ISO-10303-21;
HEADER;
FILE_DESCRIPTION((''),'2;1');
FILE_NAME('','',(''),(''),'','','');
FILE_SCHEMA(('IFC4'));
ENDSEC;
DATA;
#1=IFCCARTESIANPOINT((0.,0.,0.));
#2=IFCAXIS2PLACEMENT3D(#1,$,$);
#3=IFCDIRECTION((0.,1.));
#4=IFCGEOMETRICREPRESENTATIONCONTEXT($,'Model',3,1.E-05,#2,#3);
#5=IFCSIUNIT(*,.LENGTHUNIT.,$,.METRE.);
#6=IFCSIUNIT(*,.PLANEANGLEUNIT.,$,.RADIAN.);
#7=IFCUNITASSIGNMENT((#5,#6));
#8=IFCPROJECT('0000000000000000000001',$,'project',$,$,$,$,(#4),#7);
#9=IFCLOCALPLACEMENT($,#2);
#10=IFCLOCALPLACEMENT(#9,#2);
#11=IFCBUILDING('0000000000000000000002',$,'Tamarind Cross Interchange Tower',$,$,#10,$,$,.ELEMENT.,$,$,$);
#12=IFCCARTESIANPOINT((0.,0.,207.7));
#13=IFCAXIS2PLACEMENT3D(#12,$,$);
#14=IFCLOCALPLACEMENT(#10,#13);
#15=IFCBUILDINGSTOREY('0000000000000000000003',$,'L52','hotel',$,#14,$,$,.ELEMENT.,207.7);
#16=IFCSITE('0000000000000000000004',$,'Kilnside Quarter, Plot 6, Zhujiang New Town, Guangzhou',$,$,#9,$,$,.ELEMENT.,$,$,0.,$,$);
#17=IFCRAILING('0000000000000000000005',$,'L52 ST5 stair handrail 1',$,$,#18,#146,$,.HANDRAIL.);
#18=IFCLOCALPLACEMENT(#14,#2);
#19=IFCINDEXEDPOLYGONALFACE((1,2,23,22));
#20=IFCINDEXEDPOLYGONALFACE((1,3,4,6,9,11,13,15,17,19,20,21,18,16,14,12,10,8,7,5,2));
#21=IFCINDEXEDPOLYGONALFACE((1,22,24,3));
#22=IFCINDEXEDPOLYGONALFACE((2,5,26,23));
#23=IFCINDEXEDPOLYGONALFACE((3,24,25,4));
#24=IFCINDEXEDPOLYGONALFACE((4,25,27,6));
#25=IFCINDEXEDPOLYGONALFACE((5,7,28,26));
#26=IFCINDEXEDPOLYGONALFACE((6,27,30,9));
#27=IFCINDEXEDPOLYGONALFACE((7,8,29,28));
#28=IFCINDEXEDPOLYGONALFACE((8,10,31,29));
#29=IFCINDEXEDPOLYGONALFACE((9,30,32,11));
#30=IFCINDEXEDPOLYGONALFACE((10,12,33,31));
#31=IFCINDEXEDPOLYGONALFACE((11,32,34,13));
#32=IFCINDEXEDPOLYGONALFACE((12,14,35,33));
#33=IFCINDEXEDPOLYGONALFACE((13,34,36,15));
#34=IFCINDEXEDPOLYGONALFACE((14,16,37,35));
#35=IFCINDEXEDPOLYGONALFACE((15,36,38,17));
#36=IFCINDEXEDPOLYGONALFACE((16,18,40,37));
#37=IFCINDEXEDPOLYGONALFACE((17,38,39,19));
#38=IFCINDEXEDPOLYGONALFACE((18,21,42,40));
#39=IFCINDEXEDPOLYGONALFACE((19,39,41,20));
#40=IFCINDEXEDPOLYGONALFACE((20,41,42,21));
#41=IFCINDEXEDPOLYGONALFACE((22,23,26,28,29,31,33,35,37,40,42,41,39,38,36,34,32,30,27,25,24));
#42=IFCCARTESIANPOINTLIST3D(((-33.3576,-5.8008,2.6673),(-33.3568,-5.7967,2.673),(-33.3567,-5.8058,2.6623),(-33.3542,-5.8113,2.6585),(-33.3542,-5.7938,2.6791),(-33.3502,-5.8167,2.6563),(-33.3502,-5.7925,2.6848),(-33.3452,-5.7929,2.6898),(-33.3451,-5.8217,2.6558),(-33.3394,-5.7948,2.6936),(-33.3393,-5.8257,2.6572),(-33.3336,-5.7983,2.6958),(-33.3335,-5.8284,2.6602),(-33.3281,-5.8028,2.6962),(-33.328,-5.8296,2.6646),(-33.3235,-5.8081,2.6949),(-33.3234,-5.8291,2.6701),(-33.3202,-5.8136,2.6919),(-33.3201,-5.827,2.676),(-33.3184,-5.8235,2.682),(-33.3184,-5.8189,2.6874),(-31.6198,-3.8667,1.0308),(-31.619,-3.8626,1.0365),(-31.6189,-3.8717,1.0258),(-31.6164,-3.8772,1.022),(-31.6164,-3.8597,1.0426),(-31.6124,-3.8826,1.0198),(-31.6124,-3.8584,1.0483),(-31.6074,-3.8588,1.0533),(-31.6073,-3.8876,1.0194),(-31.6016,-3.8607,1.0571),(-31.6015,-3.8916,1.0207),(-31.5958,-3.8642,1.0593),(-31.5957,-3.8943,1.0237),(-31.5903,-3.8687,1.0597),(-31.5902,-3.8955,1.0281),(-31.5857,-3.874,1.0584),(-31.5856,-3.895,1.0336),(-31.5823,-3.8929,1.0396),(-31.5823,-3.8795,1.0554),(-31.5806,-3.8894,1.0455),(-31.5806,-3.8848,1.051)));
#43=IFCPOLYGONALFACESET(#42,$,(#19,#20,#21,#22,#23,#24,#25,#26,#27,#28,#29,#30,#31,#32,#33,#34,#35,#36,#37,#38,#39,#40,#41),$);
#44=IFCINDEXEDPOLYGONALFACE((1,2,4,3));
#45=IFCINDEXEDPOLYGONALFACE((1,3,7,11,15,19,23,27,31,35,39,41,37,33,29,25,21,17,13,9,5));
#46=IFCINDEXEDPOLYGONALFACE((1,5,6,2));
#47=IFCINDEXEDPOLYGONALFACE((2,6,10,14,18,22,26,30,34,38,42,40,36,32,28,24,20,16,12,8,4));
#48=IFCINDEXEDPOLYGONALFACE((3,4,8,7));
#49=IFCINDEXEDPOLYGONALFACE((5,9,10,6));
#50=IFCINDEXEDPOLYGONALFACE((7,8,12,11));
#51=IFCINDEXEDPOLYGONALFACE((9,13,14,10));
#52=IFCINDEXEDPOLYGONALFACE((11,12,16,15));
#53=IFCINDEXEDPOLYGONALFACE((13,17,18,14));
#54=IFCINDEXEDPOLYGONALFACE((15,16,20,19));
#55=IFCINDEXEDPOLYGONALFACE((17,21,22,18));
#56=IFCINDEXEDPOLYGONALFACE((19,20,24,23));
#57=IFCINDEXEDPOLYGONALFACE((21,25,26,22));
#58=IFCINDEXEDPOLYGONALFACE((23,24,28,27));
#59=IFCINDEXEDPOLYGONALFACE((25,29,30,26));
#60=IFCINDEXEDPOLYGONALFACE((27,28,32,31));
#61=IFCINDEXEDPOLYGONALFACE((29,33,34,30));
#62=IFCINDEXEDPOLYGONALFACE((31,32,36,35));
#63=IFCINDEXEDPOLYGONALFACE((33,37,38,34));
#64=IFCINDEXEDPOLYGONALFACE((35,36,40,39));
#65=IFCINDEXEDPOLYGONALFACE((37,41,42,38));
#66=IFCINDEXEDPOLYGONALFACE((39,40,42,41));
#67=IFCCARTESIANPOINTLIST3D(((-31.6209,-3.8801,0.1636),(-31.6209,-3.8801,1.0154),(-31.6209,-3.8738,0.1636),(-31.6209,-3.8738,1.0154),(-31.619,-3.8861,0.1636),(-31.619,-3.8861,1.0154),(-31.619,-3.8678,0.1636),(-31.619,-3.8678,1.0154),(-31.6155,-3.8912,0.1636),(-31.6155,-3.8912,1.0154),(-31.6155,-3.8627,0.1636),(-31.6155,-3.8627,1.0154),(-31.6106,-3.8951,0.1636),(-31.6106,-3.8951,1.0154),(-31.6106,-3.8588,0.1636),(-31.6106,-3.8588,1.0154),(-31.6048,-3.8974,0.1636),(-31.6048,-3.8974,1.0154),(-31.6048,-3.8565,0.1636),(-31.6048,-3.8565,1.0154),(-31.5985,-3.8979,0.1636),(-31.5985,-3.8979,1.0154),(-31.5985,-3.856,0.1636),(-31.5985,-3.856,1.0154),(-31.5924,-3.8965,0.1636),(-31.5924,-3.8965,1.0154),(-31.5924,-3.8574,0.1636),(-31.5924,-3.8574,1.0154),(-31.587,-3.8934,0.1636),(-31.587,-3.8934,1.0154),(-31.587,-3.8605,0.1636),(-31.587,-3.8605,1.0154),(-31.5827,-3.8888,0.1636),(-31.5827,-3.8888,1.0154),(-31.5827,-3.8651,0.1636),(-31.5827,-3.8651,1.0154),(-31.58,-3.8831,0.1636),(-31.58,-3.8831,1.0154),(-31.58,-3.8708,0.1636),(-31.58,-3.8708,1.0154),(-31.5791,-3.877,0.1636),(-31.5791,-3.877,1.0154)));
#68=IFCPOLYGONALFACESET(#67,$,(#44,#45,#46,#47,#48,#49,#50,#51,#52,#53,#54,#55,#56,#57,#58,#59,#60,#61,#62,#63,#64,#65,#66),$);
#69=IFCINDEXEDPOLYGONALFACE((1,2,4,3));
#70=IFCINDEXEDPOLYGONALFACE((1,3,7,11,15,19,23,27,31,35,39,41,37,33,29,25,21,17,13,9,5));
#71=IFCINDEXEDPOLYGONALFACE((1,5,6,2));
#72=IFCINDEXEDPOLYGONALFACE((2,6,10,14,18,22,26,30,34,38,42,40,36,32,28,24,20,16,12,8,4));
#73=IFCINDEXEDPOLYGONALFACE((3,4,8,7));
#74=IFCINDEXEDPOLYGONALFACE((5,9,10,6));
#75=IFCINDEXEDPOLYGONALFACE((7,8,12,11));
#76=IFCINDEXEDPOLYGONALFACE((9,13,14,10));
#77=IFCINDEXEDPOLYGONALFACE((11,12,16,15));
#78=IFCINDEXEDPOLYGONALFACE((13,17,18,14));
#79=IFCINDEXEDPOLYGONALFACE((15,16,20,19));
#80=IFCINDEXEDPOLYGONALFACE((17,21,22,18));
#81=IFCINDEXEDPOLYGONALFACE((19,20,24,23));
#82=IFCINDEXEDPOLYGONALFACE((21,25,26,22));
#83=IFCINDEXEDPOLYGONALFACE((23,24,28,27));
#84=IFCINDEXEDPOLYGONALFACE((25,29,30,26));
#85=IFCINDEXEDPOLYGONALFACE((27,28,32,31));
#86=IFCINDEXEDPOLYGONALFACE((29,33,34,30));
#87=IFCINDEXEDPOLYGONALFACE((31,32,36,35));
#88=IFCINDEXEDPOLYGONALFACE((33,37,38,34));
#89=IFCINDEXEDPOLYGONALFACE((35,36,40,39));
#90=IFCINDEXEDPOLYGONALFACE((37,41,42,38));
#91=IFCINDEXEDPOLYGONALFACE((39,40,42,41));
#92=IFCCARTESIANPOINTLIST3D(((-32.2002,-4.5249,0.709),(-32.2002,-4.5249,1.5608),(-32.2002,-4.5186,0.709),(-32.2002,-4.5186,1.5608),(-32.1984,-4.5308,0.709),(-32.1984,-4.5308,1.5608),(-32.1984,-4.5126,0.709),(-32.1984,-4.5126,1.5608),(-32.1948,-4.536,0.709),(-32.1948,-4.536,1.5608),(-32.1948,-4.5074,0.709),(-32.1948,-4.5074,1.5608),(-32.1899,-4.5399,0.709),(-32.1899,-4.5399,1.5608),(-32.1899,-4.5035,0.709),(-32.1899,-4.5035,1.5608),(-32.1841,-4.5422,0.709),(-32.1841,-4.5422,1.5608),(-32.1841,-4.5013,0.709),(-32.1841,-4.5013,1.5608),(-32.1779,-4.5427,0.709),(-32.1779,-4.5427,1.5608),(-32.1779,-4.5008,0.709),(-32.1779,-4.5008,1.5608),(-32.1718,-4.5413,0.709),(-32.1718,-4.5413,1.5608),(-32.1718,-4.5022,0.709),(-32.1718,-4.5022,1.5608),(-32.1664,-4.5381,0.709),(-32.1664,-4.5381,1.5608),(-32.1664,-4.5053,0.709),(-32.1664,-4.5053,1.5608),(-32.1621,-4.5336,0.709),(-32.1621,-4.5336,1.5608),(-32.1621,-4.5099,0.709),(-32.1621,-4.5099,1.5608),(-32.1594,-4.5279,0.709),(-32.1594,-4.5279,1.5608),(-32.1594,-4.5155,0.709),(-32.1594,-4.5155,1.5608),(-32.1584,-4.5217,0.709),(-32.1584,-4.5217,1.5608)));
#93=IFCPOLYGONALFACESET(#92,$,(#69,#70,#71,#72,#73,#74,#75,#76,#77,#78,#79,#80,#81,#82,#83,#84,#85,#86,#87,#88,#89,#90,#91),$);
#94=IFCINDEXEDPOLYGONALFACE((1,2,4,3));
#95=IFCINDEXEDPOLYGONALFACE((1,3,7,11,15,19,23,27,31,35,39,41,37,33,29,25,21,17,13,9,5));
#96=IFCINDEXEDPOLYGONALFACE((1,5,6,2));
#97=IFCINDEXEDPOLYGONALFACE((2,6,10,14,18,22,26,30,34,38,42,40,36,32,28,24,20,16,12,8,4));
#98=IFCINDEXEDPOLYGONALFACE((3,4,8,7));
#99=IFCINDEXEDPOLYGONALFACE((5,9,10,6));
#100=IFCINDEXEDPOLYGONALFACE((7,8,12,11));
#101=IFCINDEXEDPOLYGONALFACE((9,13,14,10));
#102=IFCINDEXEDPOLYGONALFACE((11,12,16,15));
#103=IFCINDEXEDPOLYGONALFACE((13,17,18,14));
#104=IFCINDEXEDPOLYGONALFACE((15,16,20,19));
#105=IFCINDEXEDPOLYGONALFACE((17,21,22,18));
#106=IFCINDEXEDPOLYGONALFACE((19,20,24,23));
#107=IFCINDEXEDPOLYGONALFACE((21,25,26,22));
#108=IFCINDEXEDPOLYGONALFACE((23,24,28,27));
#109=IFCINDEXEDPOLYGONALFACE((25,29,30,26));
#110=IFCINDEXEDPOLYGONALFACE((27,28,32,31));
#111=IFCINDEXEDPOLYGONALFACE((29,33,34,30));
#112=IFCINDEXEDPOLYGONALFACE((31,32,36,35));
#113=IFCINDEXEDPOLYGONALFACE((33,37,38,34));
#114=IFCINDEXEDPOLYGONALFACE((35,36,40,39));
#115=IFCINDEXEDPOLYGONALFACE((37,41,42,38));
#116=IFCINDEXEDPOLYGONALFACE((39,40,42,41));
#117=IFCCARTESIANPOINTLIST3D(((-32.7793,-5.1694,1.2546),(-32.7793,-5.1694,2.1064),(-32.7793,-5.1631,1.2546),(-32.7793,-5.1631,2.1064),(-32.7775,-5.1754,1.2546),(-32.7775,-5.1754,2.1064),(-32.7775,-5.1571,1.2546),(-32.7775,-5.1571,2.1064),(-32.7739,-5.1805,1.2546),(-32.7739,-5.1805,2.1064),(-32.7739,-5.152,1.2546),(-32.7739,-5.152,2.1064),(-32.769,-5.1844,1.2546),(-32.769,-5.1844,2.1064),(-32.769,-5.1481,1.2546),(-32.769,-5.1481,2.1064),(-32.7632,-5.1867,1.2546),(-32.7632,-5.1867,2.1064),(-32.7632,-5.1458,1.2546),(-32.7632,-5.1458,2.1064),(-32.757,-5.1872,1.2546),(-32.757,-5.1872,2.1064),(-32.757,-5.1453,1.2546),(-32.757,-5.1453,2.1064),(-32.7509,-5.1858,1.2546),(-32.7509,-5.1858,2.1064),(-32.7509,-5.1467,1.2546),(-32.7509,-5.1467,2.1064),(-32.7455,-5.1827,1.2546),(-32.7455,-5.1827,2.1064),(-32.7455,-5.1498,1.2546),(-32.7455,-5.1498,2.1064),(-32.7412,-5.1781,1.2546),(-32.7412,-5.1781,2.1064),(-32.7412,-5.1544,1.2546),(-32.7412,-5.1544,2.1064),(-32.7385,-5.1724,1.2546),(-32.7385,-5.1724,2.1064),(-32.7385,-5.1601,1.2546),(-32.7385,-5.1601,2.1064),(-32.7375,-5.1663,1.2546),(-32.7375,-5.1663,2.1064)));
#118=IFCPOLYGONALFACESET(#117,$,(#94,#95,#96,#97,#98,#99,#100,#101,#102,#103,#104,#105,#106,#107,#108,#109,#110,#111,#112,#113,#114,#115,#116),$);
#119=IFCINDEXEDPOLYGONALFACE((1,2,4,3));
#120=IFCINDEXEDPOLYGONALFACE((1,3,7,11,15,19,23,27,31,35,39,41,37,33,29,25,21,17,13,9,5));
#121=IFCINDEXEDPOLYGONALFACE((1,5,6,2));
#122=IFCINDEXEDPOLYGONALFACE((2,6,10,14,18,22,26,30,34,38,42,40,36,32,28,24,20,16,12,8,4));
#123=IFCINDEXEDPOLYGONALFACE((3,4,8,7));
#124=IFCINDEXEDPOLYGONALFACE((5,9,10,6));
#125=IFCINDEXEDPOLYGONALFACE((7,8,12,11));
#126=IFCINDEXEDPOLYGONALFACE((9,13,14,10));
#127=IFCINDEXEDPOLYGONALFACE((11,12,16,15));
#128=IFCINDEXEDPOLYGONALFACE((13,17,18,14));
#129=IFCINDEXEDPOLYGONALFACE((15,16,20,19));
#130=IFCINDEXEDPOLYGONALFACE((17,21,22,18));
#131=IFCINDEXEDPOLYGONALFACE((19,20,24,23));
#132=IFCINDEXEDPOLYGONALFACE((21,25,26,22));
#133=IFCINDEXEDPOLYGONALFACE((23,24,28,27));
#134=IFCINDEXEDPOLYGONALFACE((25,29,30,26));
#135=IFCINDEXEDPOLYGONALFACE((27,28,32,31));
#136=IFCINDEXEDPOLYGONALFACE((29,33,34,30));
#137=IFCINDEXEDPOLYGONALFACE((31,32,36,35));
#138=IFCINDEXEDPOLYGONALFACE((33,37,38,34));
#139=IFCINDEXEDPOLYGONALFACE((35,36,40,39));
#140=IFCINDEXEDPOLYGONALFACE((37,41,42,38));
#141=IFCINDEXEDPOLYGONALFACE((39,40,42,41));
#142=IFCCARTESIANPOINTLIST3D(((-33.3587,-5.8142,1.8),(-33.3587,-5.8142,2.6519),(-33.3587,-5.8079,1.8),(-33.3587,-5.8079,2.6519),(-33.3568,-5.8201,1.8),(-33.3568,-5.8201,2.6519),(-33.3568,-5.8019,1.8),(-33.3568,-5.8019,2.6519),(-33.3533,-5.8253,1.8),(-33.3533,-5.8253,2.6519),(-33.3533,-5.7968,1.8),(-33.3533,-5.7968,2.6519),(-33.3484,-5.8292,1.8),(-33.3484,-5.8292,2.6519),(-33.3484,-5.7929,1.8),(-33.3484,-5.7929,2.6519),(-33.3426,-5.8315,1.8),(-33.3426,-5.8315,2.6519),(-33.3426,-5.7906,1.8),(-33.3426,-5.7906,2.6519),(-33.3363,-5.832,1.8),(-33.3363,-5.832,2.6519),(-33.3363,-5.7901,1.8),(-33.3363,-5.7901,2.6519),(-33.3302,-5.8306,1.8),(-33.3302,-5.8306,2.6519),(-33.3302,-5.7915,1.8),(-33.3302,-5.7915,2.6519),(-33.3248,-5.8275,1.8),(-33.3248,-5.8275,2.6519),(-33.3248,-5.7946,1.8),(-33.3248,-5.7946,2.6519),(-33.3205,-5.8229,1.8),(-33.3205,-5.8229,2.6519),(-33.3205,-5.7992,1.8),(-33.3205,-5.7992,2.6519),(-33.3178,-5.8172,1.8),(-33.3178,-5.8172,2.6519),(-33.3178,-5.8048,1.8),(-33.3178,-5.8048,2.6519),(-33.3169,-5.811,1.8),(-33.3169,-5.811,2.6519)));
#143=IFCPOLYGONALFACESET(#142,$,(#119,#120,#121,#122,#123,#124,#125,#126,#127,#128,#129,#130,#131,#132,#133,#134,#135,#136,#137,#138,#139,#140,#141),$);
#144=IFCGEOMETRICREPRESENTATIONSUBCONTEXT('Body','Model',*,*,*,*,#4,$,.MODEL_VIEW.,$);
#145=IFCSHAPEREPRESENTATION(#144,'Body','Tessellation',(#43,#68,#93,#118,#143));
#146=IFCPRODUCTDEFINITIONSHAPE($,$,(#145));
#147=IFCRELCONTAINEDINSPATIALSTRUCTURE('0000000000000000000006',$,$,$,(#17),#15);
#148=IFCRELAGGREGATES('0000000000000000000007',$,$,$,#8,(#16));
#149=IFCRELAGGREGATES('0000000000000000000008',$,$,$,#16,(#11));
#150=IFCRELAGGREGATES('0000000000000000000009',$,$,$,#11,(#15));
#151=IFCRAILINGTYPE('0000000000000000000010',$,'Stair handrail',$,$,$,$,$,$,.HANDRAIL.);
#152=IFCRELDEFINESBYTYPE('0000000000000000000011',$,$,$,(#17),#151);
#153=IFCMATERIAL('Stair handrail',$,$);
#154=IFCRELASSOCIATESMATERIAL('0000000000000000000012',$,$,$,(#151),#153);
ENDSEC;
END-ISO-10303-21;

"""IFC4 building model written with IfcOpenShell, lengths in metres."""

from ifc_helpers import new_model, si_unit, direction, frame, origin, origin_2d, place, context, subcontext, project, spatial, circle, extrude, material, type_object, element, save


model = new_model("IFC4")

# Units and contexts
model_context = context("Model", 3, precision=1e-05, world=origin(), true_north=direction((0.0, 1.0)))
body_context = subcontext(model_context, "Body", "Model", "MODEL_VIEW")
ifc_project = project(units=[si_unit("LENGTHUNIT", "METRE"), si_unit("PLANEANGLEUNIT", "RADIAN")], contexts=[model_context])

# Site, building, storey
site_placement = place(None, origin())
site = spatial("IfcSite", under=ifc_project, at=site_placement, Name="Kilnside Quarter, Plot 6, Zhujiang New Town, Guangzhou", CompositionType="ELEMENT", RefElevation=0.0)
building_placement = place(site_placement, origin())
building = spatial("IfcBuilding", under=site, at=building_placement, Name="Tamarind Cross Interchange Tower", CompositionType="ELEMENT")
storey_placement = place(building_placement, frame((0.0, 0.0, 207.7)))
storey = spatial("IfcBuildingStorey", under=building, at=storey_placement, Name="L52", Description="hotel", CompositionType="ELEMENT", Elevation=207.7)

# Railing
ifc_material_1 = material(Name="Stair handrail")
railing_type_1 = type_object("IfcRailingType", Name="Stair handrail", PredefinedType="HANDRAIL", material=ifc_material_1)
railing_1_placement = place(storey_placement, frame((-31.6001, -3.877, 0.1636)))
element("IfcRailing", 1, at=railing_1_placement, inside=storey, type_object=railing_type_1, Name="L52 ST5 stair handrail 1", PredefinedType="HANDRAIL", context=body_context, shape_type="SweptSolid", body=[
    extrude(circle(Radius=0.0239, at=origin_2d()), frame((0.0, 0.0, 0.876), z_axis=(-0.565644, -0.629535, 0.532665), x_axis=(0.743845, -0.668352, 0.0)), (0.0, 0.0, 1.0), 3.0723),
    extrude(circle(Radius=0.021, at=origin_2d()), origin(), (0.0, 0.0, 1.0), 0.8518),
    extrude(circle(Radius=0.021, at=origin_2d()), frame((-0.5793, -0.6448, 0.5454)), (0.0, 0.0, 1.0), 0.8518),
    extrude(circle(Radius=0.021, at=origin_2d()), frame((-1.1584, -1.2893, 1.0911)), (0.0, 0.0, 1.0), 0.8518),
    extrude(circle(Radius=0.021, at=origin_2d()), frame((-1.7378, -1.9341, 1.6365)), (0.0, 0.0, 1.0), 0.8518),
])

save(model, "model.ifc")
